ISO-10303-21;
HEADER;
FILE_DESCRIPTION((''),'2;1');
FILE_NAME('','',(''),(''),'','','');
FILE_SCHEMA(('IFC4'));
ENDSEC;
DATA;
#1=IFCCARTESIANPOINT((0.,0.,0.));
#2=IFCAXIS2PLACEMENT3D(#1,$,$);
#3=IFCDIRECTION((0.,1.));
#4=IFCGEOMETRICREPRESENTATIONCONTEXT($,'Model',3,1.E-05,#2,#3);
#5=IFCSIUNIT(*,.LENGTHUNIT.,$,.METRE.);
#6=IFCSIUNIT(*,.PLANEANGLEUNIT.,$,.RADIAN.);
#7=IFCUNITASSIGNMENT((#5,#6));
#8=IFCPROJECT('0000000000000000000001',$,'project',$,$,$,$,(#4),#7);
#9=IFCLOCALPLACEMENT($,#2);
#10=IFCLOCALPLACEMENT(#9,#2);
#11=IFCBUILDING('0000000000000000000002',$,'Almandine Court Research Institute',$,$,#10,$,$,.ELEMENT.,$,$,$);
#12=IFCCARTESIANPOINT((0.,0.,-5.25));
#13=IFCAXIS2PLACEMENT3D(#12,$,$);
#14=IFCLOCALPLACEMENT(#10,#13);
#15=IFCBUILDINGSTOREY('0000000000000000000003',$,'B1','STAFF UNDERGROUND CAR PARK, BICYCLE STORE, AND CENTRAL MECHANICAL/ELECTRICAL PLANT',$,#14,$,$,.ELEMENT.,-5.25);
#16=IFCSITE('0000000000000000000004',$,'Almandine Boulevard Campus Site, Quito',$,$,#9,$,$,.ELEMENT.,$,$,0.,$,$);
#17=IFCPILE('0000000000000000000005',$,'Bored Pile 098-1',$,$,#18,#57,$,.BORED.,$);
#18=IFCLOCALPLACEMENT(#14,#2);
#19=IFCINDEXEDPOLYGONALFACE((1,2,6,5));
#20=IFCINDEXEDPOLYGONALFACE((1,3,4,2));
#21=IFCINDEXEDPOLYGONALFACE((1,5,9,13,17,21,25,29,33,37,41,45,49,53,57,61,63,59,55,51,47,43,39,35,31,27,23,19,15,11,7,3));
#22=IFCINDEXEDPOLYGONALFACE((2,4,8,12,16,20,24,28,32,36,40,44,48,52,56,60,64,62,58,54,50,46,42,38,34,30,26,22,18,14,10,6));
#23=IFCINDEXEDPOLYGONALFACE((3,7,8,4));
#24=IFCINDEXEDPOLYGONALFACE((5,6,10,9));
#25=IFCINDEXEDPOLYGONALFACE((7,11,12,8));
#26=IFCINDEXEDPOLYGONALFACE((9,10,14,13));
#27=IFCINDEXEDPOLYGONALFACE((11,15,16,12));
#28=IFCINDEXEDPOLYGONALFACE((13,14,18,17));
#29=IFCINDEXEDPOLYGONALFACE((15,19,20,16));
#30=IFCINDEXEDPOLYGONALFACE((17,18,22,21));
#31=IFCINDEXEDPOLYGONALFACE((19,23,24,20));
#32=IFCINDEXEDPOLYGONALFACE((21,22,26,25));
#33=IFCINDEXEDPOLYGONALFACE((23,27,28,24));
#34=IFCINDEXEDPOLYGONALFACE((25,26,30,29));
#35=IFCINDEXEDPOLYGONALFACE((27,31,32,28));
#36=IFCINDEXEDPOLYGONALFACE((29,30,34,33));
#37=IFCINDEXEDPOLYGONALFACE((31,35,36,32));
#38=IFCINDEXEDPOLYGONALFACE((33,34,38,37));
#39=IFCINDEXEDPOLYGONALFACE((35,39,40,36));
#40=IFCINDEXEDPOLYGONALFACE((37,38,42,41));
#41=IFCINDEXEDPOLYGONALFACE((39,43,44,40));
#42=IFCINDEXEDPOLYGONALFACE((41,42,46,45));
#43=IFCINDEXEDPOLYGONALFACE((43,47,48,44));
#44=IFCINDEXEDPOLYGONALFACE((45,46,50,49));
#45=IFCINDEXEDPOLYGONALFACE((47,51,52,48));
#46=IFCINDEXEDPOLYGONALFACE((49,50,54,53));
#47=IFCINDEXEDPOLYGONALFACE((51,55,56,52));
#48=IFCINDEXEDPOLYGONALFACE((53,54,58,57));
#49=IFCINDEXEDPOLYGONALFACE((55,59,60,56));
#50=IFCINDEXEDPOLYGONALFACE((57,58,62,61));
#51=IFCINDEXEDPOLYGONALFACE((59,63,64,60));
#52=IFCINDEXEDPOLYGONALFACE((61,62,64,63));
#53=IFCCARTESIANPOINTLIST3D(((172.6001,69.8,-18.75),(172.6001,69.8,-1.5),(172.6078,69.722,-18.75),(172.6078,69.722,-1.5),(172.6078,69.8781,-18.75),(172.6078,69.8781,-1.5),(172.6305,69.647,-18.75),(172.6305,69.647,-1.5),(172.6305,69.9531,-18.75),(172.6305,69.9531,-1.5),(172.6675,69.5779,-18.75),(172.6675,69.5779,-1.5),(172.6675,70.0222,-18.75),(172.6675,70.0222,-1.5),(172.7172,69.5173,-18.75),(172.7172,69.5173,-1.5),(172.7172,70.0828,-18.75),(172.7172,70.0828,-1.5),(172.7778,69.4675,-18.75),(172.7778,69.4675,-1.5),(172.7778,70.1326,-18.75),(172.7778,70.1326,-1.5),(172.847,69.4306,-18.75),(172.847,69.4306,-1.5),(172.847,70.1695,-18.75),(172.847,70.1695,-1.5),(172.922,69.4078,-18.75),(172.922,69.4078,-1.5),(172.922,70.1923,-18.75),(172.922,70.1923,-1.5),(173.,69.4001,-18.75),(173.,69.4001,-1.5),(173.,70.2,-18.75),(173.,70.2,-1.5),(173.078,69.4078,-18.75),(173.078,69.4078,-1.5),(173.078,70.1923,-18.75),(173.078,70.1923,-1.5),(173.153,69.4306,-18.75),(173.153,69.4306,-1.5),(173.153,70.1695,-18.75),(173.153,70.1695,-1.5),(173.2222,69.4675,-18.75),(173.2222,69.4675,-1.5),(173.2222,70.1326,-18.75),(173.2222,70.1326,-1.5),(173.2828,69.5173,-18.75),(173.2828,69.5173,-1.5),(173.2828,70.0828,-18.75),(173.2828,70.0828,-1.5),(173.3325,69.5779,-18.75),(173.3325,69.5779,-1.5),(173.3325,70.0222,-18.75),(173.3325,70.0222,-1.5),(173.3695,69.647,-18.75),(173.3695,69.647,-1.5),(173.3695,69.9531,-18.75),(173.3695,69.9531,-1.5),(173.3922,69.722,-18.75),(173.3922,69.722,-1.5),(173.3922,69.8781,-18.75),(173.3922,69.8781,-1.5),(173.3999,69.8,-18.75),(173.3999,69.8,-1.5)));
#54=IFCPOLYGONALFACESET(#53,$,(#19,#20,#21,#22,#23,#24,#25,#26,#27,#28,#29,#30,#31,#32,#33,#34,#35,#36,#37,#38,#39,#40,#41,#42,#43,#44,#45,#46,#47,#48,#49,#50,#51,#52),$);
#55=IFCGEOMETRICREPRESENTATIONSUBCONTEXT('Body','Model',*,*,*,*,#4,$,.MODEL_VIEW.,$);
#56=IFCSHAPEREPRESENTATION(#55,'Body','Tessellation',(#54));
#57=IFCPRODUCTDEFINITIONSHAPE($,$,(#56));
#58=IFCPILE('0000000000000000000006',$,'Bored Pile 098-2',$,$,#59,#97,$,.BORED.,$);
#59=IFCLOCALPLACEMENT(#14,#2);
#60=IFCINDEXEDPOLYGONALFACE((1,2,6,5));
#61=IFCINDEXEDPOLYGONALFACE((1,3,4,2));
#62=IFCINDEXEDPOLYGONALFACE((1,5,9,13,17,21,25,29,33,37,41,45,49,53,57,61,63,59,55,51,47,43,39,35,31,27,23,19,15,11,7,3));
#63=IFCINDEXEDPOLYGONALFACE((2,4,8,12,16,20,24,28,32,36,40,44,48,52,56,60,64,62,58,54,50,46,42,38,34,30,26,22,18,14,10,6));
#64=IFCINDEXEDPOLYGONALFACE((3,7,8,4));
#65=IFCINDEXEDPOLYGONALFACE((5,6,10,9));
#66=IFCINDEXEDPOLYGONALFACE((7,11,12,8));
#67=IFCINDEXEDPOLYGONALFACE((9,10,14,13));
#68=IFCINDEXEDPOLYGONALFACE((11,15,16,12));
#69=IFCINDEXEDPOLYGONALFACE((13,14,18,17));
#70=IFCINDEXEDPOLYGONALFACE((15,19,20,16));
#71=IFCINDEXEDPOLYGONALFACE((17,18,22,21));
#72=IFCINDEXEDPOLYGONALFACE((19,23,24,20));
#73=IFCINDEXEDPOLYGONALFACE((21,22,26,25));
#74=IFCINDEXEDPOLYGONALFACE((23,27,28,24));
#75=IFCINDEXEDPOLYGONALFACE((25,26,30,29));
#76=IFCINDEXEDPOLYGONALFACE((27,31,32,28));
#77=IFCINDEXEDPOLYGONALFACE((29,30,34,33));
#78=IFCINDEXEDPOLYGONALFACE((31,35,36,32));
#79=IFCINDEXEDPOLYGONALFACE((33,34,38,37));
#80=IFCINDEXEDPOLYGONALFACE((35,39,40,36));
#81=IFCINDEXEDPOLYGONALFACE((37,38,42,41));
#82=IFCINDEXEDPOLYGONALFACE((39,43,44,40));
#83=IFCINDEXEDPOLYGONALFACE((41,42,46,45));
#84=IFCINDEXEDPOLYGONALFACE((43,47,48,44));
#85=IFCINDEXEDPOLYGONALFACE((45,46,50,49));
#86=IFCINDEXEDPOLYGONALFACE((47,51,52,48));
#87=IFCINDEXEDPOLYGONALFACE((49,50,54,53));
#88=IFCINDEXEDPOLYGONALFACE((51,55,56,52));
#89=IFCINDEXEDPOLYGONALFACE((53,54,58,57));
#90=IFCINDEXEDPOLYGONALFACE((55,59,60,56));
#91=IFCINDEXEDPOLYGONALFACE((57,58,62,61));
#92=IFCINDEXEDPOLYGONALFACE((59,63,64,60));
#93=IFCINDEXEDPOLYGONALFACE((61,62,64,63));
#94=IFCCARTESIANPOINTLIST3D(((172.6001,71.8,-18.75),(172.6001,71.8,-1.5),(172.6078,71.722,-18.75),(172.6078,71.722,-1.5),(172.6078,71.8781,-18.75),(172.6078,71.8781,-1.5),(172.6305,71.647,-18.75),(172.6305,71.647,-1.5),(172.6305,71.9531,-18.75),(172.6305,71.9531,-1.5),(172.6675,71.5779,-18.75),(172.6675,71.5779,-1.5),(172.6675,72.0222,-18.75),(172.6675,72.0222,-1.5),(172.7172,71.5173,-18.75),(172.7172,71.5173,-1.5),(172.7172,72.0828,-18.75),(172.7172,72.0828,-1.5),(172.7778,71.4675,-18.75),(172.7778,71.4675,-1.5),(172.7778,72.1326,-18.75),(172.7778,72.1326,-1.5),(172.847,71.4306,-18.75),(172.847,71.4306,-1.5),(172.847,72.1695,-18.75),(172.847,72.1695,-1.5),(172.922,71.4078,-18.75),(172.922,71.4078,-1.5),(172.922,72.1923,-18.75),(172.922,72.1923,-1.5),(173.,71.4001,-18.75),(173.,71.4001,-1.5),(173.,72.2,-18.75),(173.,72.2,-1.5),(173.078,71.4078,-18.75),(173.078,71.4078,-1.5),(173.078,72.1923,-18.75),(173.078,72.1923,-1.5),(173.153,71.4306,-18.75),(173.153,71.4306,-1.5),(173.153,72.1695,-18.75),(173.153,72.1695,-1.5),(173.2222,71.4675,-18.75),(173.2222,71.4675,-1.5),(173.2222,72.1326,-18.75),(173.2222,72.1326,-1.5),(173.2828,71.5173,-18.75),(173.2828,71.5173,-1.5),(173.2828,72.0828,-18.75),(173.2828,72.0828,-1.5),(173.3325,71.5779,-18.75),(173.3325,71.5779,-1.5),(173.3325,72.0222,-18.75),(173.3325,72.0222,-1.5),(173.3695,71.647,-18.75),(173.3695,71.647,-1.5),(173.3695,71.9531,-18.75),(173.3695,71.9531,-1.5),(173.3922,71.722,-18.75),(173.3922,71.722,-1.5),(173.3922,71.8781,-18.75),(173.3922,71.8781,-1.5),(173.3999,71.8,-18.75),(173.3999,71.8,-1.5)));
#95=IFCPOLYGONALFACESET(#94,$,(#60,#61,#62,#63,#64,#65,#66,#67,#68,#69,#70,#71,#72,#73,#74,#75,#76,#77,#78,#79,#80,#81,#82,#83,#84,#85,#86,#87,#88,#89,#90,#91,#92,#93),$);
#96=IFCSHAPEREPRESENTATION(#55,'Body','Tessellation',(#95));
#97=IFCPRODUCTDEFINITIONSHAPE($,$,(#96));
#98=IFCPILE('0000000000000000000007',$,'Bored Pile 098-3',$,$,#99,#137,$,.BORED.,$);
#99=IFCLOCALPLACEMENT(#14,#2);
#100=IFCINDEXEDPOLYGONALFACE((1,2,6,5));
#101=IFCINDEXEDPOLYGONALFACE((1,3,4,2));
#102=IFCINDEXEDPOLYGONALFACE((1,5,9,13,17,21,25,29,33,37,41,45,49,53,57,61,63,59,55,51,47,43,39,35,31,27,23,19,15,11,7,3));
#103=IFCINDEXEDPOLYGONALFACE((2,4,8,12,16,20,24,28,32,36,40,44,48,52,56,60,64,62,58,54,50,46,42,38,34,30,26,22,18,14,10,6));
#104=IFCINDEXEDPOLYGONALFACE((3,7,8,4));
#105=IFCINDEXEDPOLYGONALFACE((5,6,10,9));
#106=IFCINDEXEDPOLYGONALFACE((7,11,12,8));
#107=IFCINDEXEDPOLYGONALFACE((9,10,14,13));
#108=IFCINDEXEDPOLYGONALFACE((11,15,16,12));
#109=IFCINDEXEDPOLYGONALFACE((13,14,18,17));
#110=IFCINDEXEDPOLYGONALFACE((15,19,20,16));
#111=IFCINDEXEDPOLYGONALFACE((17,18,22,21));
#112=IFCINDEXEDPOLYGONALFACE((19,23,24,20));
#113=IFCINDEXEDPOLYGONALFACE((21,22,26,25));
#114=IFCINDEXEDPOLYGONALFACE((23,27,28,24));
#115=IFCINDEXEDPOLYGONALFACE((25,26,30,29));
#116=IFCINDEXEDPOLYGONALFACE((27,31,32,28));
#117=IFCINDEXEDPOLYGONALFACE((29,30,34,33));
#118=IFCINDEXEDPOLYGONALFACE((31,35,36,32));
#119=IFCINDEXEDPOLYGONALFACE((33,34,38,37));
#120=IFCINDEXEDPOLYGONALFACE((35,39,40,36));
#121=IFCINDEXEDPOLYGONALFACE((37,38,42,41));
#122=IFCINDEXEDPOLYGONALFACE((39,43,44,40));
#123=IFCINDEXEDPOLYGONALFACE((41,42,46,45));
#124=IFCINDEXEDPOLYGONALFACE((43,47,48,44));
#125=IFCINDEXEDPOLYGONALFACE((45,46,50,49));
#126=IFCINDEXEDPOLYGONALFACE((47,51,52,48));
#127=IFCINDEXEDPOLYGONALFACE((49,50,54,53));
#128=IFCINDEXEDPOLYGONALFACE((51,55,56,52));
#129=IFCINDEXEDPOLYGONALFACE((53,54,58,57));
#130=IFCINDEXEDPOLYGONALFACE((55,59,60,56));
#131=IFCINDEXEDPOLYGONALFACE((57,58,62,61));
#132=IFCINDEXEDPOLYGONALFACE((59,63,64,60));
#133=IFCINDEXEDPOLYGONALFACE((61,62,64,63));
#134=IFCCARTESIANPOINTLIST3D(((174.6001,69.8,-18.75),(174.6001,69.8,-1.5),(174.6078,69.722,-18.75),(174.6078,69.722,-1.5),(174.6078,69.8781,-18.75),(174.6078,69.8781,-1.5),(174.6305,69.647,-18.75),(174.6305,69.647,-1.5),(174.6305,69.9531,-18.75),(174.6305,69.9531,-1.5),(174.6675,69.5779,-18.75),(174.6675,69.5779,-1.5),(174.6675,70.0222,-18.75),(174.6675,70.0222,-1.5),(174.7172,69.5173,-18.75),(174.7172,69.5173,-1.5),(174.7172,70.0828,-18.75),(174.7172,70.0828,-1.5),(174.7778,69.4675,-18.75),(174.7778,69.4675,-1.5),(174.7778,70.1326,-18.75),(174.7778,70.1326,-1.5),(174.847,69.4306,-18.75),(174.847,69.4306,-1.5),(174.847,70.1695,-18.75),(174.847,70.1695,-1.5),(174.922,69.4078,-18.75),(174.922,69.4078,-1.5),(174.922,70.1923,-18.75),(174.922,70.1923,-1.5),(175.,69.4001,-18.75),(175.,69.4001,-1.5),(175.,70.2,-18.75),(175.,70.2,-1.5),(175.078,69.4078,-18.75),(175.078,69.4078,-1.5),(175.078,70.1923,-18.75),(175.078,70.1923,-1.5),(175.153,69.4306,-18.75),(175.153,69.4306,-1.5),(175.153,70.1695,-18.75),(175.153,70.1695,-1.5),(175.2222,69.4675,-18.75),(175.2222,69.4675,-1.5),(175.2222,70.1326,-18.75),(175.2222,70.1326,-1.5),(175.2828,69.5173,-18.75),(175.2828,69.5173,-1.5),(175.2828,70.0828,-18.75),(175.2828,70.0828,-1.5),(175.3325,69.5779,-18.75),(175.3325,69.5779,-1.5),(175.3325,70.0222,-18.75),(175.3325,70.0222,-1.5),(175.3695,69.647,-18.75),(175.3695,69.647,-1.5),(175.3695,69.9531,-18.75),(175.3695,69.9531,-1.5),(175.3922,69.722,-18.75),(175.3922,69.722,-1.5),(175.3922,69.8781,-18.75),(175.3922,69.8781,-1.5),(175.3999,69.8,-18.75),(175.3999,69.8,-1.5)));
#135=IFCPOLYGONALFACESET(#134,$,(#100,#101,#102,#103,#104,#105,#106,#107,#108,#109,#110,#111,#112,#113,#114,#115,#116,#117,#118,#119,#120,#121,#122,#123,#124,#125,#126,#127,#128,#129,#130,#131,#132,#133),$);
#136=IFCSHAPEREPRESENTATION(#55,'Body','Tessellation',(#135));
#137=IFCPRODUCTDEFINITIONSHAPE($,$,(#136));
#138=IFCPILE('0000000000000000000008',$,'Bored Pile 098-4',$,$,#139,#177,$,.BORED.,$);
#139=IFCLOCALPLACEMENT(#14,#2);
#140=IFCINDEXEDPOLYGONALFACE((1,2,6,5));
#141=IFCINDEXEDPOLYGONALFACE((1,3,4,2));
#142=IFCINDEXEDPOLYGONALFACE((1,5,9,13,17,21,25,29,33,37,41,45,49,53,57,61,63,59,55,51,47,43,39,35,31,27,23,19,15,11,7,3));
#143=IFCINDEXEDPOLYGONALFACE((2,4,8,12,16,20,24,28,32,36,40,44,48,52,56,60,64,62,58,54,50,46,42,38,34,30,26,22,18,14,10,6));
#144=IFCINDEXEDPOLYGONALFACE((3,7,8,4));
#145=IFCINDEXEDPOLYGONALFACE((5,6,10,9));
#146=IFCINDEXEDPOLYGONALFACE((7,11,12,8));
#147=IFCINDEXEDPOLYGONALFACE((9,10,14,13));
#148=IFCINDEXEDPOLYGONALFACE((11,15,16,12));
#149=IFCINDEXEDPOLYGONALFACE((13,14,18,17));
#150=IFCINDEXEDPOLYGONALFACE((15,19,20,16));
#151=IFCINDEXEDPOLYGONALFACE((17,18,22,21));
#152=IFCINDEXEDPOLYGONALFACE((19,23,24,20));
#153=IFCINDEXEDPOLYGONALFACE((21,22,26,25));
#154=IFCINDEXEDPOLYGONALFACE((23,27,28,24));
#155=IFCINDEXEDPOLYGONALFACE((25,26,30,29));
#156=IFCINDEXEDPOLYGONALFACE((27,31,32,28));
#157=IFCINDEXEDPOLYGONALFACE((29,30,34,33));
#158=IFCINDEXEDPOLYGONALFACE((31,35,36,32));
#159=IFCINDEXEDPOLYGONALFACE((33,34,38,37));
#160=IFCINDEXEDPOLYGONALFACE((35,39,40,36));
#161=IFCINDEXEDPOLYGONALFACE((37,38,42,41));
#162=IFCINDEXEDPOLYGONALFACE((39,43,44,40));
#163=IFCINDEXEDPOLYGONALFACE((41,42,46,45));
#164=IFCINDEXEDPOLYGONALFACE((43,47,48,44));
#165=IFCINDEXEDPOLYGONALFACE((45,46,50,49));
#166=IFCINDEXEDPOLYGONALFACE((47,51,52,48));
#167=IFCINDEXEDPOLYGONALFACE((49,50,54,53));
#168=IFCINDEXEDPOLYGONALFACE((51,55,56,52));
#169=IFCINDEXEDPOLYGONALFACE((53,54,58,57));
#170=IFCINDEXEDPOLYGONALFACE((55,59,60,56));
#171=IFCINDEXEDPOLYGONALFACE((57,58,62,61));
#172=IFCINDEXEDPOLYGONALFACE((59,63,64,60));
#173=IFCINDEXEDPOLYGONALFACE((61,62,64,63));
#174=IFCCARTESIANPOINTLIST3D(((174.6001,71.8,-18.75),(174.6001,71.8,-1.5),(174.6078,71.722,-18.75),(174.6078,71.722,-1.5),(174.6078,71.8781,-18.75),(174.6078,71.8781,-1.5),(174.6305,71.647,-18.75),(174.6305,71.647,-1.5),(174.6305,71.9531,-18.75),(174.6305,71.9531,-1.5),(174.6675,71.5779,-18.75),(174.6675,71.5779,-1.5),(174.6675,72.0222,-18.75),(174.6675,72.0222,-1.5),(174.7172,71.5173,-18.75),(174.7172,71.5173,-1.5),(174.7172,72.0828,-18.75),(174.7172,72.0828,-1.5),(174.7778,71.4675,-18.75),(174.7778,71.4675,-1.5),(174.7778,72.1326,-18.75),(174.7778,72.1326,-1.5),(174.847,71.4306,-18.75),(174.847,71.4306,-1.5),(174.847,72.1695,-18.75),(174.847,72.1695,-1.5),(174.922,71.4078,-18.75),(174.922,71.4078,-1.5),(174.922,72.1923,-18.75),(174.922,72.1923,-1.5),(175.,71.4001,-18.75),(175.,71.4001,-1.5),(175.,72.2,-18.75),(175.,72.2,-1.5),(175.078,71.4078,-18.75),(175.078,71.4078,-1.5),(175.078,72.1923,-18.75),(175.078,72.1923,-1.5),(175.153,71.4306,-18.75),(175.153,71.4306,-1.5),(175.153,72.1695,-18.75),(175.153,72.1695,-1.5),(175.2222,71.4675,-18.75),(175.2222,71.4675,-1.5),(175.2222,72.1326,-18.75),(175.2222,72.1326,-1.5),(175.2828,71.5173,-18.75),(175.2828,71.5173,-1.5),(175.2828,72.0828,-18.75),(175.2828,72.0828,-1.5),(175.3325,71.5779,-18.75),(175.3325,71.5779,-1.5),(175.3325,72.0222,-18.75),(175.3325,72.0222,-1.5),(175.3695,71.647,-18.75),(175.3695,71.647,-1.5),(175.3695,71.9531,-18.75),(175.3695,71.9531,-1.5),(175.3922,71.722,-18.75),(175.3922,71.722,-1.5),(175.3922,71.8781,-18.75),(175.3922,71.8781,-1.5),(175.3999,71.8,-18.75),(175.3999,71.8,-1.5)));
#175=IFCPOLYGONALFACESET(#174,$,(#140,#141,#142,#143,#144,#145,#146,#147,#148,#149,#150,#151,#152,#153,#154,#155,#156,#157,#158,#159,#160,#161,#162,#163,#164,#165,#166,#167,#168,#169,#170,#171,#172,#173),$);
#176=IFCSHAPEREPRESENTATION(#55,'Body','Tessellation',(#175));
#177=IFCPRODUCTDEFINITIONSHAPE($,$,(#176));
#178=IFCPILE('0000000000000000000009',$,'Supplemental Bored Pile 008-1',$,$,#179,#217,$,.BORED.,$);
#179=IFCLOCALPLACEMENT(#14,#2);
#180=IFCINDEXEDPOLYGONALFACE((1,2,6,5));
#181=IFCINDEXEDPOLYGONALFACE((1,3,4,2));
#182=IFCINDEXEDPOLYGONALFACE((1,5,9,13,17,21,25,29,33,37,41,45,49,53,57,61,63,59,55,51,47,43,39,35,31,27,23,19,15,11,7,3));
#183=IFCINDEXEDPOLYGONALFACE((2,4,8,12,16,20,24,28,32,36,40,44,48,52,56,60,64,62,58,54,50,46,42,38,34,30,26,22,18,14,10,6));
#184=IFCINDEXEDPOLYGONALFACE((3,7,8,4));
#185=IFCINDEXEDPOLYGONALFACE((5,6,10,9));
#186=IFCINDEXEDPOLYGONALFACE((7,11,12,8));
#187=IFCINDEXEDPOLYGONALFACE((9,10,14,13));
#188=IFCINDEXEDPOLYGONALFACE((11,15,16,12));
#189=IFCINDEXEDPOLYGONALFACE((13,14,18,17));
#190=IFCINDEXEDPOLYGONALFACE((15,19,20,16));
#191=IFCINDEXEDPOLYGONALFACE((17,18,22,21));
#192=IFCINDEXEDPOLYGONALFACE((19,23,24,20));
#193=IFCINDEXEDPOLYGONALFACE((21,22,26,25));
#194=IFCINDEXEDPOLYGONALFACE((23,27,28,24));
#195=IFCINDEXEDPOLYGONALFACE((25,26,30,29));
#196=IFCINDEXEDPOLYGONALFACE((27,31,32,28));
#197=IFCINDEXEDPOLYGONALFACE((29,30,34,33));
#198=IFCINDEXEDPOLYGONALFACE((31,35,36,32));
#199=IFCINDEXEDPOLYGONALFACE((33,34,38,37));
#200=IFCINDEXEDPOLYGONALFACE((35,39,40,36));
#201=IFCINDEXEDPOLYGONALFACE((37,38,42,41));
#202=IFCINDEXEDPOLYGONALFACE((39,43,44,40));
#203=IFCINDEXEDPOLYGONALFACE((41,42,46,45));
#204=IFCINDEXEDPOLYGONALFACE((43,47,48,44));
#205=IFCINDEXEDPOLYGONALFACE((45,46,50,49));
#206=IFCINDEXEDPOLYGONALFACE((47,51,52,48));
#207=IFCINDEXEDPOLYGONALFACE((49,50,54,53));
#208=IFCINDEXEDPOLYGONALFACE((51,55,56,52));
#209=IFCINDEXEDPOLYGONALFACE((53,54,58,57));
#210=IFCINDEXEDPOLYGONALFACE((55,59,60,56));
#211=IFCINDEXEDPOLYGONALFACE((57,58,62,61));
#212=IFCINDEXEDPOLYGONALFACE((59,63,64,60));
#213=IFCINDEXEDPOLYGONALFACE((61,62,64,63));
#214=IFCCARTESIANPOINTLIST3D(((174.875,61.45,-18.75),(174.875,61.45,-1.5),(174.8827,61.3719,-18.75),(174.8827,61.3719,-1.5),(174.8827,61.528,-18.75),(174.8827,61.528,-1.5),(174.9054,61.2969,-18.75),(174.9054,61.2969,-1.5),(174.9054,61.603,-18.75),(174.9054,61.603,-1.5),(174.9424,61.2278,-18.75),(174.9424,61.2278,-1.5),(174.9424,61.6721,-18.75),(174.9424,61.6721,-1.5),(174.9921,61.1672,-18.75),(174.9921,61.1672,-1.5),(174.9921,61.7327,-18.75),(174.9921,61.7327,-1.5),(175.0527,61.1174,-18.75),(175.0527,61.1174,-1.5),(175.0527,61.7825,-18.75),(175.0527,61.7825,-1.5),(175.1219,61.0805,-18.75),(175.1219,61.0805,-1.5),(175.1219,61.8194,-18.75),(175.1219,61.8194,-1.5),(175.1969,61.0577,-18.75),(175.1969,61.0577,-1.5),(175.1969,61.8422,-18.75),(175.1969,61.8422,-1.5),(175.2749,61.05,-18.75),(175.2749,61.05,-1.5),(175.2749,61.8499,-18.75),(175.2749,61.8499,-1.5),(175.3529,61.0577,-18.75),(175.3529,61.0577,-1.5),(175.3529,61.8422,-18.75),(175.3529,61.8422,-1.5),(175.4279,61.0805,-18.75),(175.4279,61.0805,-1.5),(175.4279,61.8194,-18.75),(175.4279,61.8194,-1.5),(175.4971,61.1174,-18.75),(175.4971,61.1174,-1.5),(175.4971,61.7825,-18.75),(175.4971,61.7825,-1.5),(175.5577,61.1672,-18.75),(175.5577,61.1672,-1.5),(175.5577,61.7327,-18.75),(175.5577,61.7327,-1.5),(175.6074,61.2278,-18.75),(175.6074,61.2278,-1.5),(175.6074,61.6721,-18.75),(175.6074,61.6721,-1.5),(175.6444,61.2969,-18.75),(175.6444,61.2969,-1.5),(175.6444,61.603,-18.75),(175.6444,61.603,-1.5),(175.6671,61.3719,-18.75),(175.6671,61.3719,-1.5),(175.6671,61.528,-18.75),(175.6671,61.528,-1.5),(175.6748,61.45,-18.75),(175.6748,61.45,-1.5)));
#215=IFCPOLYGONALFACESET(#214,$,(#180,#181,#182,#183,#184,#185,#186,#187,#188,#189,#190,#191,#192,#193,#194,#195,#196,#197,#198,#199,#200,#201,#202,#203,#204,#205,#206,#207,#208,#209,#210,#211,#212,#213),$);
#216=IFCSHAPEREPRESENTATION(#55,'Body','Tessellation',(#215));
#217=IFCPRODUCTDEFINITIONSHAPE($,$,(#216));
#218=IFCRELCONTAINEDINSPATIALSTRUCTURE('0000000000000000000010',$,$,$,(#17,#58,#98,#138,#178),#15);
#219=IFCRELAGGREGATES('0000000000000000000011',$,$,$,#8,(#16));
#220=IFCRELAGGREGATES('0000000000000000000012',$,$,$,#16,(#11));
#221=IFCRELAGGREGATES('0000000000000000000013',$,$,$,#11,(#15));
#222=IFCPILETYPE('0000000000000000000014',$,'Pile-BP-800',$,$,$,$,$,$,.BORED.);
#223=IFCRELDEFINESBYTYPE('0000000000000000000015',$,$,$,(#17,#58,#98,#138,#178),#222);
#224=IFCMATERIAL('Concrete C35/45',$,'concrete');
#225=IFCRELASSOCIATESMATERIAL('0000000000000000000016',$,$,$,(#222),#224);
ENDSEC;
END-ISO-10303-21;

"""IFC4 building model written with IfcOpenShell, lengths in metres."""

from ifc_helpers import new_model, si_unit, direction, frame, origin, origin_2d, place, context, subcontext, project, spatial, circle, extrude, material, material_profile, profile_set, type_object, element, save


model = new_model("IFC4")

# Units and contexts
model_context = context("Model", 3, precision=1e-05, world=origin(), true_north=direction((0.0, 1.0)))
body_context = subcontext(model_context, "Body", "Model", "MODEL_VIEW")
ifc_project = project(units=[si_unit("LENGTHUNIT", "METRE"), si_unit("PLANEANGLEUNIT", "RADIAN")], contexts=[model_context])

# Site, building, storey
site_placement = place(None, origin())
site = spatial("IfcSite", under=ifc_project, at=site_placement, Name="Almandine Boulevard Campus Site, Quito", CompositionType="ELEMENT", RefElevation=0.0)
building_placement = place(site_placement, origin())
building = spatial("IfcBuilding", under=site, at=building_placement, Name="Almandine Court Research Institute", CompositionType="ELEMENT")
storey_placement = place(building_placement, frame((0.0, 0.0, -5.25)))
storey = spatial("IfcBuildingStorey", under=building, at=storey_placement, Name="B1", Description="STAFF UNDERGROUND CAR PARK, BICYCLE STORE, AND CENTRAL MECHANICAL/ELECTRICAL PLANT", CompositionType="ELEMENT", Elevation=-5.25)

# Shared definitions
ifc_material_1 = material(Name="Concrete C35/45", Category="concrete")

# Piles
ifc_material_profile_1 = material_profile(ifc_material_1, circle(Radius=0.3999, at=origin_2d()), Name="BORED PILE D800")
ifc_profile_set_1 = profile_set([ifc_material_profile_1], Name="Concrete C35/45")
pile_type_1 = type_object("IfcPileType", Name="Pile-BP-800", PredefinedType="BORED", material=ifc_profile_set_1)
for number, where, z_axis, x_axis, name in (
    (1, (173.0, 69.8, -1.5), (0.0, 0.0, -1.0), (1.0, 0.0, 0.0), "Bored Pile 098-1"),
    (2, (173.0, 71.8, -1.5), (0.0, 0.0, -1.0), (1.0, 0.0, 0.0), "Bored Pile 098-2"),
    (3, (175.0, 69.8, -1.5), (0.0, 0.0, -1.0), (1.0, 0.0, 0.0), "Bored Pile 098-3"),
    (4, (175.0, 71.8, -1.5), (0.0, 0.0, -1.0), (1.0, 0.0, 0.0), "Bored Pile 098-4"),
    (5, (175.2749, 61.45, -1.5), (0.0, 0.0, -1.0), (1.0, 0.0, 0.0), "Supplemental Bored Pile 008-1"),
):
    element("IfcPile", number, at=place(storey_placement, frame(where, z_axis=z_axis, x_axis=x_axis)), inside=storey, type_object=pile_type_1, Name=name, PredefinedType="BORED", context=body_context, shape_type="SweptSolid", body=[
        extrude(circle(Radius=0.3999, at=origin_2d()), origin(), (0.0, 0.0, 1.0), 17.25),
    ])

save(model, "model.ifc")
